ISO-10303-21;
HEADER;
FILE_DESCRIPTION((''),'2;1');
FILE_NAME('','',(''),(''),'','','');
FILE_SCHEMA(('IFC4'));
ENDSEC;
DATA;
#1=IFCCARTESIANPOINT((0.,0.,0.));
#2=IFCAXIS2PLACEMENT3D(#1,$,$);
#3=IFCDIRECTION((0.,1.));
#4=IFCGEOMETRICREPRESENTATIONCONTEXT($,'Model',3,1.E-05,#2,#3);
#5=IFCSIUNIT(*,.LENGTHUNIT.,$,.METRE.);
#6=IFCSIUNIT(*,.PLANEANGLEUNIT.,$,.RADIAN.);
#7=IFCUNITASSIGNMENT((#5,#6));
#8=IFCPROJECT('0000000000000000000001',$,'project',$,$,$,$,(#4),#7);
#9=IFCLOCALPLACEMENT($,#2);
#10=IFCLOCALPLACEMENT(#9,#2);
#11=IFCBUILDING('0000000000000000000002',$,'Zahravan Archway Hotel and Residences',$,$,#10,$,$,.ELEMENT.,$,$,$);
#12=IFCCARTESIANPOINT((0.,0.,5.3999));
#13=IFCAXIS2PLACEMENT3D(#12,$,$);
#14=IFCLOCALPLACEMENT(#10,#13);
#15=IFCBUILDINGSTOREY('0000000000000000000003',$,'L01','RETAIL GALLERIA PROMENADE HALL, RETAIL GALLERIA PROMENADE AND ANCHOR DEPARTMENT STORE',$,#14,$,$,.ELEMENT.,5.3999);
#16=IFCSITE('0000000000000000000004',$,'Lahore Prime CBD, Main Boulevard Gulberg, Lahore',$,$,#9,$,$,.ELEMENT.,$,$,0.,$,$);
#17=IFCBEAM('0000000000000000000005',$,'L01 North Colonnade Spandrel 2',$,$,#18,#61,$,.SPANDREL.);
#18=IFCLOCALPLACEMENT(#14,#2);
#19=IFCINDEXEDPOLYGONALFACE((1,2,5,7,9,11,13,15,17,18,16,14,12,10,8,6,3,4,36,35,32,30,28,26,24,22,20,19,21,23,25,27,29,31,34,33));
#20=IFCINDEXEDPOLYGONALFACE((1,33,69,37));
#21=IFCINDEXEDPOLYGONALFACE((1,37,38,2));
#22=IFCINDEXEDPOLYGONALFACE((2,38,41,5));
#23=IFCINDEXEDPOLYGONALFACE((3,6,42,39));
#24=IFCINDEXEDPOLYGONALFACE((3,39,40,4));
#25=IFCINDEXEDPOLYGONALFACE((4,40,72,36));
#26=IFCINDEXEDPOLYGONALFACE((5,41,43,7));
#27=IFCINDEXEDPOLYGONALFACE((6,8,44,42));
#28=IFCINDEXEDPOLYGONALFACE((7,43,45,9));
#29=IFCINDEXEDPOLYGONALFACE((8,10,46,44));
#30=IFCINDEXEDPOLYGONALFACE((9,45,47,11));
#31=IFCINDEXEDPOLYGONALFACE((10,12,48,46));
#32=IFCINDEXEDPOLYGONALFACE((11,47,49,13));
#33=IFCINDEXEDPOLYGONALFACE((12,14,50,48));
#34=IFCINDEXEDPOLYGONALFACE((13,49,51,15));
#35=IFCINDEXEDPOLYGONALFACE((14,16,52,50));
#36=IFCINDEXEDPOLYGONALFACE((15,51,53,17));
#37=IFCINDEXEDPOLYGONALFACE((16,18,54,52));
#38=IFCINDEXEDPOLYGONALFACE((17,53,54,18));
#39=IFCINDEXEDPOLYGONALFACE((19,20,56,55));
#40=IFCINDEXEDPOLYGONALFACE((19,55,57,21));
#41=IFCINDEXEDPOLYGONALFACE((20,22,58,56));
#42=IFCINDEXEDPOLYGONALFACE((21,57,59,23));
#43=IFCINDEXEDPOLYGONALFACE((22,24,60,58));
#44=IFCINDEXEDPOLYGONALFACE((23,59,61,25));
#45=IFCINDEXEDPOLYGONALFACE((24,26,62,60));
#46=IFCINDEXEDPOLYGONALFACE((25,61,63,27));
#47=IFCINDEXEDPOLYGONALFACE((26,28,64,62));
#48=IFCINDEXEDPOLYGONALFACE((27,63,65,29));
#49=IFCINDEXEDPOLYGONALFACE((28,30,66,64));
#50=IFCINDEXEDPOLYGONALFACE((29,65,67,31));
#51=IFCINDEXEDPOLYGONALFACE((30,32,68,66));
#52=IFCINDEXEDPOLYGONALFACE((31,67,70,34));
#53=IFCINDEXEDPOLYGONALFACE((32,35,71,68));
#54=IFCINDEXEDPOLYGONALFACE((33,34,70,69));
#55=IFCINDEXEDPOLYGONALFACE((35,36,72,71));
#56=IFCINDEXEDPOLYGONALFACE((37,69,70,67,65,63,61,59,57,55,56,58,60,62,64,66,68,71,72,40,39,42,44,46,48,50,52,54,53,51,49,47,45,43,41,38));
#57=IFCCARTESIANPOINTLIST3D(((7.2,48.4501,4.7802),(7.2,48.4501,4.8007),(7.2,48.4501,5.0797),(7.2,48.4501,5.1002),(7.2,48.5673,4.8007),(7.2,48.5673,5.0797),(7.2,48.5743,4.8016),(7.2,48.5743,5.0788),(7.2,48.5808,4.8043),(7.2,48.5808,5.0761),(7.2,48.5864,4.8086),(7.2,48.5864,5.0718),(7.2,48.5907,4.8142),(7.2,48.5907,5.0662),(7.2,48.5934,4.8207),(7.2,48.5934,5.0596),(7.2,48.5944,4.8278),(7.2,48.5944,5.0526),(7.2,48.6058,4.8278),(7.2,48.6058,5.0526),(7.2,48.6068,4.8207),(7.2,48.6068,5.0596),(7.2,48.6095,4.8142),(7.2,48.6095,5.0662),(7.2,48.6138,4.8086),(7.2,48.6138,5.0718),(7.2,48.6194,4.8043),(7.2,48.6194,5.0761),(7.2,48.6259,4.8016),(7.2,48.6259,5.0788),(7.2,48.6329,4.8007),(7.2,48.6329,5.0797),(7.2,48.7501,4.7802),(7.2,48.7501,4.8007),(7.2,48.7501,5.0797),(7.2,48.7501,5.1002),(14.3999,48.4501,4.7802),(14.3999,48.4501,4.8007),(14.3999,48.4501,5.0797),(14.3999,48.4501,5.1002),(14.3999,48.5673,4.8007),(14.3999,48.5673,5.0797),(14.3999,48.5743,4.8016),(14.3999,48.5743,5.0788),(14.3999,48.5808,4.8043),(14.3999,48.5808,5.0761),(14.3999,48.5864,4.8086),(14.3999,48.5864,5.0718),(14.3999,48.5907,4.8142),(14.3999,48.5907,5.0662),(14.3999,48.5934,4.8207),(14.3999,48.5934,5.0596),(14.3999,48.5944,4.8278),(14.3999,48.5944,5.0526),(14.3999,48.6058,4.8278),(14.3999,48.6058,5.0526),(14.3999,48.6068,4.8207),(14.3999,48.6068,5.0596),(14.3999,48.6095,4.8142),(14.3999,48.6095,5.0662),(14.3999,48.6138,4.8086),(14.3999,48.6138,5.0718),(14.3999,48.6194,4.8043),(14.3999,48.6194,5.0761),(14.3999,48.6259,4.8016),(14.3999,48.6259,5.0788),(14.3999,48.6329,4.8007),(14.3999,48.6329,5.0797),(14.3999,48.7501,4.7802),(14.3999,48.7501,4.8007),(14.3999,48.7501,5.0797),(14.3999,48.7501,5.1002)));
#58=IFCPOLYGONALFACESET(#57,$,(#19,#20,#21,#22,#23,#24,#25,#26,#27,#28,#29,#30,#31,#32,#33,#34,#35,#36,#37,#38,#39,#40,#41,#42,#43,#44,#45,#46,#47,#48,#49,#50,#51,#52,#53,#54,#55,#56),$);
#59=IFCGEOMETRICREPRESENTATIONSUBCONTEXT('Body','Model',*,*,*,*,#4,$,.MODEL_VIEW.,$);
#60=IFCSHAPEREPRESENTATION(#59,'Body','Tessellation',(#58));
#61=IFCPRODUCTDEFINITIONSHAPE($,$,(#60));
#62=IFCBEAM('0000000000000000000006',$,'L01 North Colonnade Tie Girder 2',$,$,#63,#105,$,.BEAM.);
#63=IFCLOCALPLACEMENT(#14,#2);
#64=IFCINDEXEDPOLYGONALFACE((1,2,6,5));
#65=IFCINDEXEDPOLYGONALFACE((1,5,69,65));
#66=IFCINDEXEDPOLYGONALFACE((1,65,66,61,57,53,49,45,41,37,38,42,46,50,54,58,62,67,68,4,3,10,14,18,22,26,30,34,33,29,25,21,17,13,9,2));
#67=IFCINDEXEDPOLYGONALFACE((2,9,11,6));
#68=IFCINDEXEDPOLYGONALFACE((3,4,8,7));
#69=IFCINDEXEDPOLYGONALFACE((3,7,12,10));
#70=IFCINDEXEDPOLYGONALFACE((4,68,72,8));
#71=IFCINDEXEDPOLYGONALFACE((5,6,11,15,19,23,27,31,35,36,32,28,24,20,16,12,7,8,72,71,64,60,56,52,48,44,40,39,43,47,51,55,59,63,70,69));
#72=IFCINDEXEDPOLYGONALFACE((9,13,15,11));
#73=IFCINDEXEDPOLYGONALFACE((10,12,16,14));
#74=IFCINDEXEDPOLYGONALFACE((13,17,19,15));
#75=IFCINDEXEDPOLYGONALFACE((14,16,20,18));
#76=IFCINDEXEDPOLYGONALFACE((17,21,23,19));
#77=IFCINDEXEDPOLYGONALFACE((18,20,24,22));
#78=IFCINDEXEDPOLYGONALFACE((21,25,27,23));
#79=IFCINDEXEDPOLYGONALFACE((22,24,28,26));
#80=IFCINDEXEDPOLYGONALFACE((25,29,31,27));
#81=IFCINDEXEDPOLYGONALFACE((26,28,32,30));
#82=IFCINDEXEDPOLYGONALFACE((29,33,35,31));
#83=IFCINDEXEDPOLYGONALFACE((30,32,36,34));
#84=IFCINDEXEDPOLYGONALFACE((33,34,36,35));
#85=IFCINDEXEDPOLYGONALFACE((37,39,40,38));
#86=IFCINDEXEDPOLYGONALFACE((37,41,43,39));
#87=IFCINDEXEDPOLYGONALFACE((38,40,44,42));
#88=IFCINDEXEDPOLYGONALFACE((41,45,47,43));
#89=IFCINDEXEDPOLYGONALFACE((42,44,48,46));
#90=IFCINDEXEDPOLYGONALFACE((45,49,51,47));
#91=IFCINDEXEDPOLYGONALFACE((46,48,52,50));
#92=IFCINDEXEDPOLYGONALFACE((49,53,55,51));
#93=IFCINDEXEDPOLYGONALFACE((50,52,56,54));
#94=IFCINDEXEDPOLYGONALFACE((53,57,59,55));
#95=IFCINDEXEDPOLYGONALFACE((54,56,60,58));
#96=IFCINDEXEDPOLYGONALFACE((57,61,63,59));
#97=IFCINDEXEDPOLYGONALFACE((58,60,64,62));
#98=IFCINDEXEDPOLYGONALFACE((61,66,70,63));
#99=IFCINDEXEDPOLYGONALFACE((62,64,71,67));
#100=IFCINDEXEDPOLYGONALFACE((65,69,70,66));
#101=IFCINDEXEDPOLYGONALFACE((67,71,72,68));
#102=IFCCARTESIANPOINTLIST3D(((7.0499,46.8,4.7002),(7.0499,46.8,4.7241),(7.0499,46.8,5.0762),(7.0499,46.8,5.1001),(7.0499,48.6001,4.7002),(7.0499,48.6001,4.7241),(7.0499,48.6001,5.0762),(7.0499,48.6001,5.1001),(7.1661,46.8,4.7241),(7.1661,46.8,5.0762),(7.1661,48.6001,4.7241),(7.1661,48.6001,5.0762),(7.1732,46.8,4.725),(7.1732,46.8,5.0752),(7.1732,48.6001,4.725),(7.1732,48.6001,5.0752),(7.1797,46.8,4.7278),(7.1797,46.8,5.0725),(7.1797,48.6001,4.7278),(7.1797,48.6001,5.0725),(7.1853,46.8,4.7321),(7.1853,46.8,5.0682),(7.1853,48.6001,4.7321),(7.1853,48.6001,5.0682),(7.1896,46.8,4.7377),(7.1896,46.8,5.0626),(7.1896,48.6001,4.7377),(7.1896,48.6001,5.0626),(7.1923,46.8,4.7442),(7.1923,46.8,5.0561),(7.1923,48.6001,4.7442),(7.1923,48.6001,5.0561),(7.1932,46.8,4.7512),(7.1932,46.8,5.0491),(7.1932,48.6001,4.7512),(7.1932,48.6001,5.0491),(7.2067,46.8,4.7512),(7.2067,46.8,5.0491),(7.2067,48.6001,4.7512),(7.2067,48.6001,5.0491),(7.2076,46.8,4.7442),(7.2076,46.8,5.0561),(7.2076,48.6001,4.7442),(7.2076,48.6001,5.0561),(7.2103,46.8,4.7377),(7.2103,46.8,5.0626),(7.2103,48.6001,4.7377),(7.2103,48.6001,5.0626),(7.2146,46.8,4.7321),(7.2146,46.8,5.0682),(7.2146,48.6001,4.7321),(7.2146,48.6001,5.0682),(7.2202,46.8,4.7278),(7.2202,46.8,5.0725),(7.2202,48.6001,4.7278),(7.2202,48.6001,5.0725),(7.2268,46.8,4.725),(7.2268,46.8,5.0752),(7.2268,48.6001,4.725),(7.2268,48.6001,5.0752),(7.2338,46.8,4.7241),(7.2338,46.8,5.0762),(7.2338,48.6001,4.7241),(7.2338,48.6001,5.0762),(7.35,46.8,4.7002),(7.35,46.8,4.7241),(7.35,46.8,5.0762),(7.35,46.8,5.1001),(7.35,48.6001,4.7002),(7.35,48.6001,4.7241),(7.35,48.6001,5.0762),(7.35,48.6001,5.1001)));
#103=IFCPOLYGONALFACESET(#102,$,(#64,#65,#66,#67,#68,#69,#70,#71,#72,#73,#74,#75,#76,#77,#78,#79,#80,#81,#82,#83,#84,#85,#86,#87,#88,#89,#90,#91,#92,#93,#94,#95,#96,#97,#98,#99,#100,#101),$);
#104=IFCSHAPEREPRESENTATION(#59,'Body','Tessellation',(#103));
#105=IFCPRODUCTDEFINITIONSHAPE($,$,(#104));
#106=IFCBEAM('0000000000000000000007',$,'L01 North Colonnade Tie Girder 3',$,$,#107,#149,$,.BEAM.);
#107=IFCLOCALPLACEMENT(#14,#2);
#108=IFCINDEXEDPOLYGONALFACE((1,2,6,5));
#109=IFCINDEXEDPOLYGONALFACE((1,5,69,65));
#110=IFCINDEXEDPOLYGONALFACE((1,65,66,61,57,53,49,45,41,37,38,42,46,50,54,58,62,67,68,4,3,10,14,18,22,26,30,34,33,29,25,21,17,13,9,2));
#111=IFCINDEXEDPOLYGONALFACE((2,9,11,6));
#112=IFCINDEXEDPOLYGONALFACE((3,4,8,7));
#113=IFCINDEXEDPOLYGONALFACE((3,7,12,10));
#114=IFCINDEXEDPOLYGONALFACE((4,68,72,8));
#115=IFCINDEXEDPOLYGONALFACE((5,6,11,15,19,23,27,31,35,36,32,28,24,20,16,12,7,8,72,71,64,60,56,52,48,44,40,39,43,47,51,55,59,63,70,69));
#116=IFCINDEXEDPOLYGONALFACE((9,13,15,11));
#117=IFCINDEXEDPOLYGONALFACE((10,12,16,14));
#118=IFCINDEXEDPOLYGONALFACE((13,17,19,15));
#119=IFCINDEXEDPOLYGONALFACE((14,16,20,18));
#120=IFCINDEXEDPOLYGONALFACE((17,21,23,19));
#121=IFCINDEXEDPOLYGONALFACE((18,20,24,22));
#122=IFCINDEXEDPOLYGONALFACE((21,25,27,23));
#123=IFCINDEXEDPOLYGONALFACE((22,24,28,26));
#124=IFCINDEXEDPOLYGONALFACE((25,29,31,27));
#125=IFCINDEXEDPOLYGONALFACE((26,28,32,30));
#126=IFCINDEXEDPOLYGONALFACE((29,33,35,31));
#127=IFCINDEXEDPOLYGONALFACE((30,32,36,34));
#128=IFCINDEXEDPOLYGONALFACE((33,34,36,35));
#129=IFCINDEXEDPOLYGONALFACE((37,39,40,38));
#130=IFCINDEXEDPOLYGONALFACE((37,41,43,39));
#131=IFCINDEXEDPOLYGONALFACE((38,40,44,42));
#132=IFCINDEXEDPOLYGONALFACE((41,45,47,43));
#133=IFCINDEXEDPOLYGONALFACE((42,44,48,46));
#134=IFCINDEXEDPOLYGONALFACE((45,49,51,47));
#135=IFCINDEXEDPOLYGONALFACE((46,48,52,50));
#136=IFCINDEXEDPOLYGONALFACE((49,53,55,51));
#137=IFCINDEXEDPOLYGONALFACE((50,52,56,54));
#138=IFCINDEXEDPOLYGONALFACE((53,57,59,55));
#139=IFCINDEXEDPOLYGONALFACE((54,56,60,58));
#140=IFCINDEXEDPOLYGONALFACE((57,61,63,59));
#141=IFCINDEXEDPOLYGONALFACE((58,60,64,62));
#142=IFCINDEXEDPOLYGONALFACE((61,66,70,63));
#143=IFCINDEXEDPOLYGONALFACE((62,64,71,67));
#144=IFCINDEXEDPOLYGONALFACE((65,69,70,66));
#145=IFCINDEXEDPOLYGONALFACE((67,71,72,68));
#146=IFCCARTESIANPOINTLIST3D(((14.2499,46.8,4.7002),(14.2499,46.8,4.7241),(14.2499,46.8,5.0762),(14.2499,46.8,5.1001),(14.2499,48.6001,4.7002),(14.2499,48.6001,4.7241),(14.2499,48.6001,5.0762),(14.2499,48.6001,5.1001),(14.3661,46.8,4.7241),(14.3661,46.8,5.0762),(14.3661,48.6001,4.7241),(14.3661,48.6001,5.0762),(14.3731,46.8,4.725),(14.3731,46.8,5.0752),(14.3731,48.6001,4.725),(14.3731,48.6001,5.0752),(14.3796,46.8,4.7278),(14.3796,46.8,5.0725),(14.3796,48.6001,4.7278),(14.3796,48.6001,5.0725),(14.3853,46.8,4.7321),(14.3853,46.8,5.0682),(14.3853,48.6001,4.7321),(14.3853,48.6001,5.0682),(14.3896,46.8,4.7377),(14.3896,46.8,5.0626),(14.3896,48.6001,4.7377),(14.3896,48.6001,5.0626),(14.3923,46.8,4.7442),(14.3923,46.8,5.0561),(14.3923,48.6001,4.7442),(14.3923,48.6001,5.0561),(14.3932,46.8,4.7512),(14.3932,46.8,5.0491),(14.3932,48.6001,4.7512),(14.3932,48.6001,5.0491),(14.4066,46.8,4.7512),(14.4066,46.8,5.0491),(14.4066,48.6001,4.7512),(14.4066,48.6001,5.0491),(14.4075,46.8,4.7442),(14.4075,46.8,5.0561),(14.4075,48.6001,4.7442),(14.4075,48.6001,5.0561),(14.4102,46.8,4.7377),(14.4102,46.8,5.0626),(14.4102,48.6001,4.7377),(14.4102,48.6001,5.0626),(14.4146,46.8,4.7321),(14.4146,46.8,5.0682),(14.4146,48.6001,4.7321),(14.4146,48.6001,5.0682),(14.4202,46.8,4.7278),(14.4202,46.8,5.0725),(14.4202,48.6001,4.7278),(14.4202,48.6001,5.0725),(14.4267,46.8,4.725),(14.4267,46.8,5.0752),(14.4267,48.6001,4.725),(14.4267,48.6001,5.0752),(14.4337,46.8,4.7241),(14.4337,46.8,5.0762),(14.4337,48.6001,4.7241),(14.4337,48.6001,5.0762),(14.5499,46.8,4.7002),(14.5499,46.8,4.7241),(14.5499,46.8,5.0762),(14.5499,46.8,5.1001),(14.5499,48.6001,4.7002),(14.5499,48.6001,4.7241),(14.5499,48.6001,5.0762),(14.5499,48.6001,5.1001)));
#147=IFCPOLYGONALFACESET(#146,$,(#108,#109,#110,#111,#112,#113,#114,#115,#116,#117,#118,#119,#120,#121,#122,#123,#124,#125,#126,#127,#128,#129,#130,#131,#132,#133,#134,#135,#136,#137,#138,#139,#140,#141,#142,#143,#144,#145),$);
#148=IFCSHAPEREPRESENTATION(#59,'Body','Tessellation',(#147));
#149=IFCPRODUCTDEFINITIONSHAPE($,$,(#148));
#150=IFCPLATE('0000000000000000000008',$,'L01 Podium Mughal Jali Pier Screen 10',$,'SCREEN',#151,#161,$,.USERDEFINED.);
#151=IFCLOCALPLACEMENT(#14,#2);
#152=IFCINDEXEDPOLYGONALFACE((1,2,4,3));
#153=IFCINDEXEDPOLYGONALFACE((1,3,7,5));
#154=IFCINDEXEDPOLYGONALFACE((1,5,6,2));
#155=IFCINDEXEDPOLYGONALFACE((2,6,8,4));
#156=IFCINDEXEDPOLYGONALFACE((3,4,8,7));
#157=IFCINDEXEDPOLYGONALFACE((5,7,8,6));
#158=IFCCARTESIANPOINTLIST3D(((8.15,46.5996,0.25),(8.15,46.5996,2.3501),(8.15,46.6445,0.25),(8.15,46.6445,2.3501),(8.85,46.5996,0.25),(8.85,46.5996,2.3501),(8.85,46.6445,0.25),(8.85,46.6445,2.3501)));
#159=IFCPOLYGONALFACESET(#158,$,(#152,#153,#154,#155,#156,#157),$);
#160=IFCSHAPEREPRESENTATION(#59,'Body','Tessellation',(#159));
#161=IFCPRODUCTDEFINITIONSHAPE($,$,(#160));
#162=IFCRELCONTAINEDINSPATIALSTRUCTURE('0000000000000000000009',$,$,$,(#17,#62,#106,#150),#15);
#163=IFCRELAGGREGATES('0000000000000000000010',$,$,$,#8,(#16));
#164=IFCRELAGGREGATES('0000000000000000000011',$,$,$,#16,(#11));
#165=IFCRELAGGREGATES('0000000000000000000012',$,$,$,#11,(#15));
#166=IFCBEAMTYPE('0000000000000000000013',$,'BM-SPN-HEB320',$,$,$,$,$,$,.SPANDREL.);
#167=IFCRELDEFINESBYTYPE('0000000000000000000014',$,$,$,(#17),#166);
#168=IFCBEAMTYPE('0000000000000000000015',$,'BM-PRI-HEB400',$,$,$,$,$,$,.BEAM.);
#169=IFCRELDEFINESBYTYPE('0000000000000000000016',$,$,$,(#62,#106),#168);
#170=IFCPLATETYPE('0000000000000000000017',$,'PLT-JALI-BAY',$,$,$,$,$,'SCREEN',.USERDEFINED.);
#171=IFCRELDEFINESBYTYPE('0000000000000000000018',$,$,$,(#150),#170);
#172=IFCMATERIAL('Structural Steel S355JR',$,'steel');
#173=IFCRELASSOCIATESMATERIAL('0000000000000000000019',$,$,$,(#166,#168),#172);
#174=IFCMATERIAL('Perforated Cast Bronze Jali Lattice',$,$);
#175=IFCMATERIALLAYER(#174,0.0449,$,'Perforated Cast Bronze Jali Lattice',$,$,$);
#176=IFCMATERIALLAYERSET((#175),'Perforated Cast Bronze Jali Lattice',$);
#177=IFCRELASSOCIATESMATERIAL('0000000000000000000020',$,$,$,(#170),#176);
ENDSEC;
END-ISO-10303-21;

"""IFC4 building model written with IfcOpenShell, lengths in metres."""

from ifc_helpers import new_model, si_unit, direction, frame, origin, origin_2d, place, context, subcontext, project, spatial, rectangle, i_section, extrude, source, transform, mapped, material, layer, layer_set, material_profile, profile_set, type_object, type_shapes, element, save


model = new_model("IFC4")

# Units and contexts
model_context = context("Model", 3, precision=1e-05, world=origin(), true_north=direction((0.0, 1.0)))
body_context = subcontext(model_context, "Body", "Model", "MODEL_VIEW")
ifc_project = project(units=[si_unit("LENGTHUNIT", "METRE"), si_unit("PLANEANGLEUNIT", "RADIAN")], contexts=[model_context])

# Site, building, storey
site_placement = place(None, origin())
site = spatial("IfcSite", under=ifc_project, at=site_placement, Name="Lahore Prime CBD, Main Boulevard Gulberg, Lahore", CompositionType="ELEMENT", RefElevation=0.0)
building_placement = place(site_placement, origin())
building = spatial("IfcBuilding", under=site, at=building_placement, Name="Zahravan Archway Hotel and Residences", CompositionType="ELEMENT")
storey_placement = place(building_placement, frame((0.0, 0.0, 5.3999)))
storey = spatial("IfcBuildingStorey", under=building, at=storey_placement, Name="L01", Description="RETAIL GALLERIA PROMENADE HALL, RETAIL GALLERIA PROMENADE AND ANCHOR DEPARTMENT STORE", CompositionType="ELEMENT", Elevation=5.3999)

# Beams
ifc_material_1 = material(Name="Structural Steel S355JR", Category="steel")
ifc_material_profile_1 = material_profile(ifc_material_1, i_section(OverallWidth=0.3, OverallDepth=0.3201, WebThickness=0.0115, FlangeThickness=0.0205, FilletRadius=0.0271, at=origin_2d()), Name="HEB 320", Category="steel")
ifc_profile_set_1 = profile_set([ifc_material_profile_1], Name="Structural Steel S355JR")
beam_type_1 = type_object("IfcBeamType", Name="BM-SPN-HEB320", PredefinedType="SPANDREL", material=ifc_profile_set_1)
shared_shape_1 = source(origin(), body_context, "Body", "SweptSolid", [
    extrude(i_section(OverallWidth=0.3, OverallDepth=0.3201, WebThickness=0.0115, FlangeThickness=0.0205, FilletRadius=0.0271, at=origin_2d()), origin(), (0.0, 0.0, 1.0), 7.2),
])
type_shapes(beam_type_1, [shared_shape_1])
beam_1_placement = place(storey_placement, frame((7.2, 48.6001, 4.9402), z_axis=(1.0, 0.0, 0.0), x_axis=(0.0, 1.0, 0.0)))
element("IfcBeam", 1, at=beam_1_placement, inside=storey, type_object=beam_type_1, Name="L01 North Colonnade Spandrel 2", PredefinedType="SPANDREL", context=body_context, shape_type="MappedRepresentation", body=[
    mapped(shared_shape_1, transform((0.0, 0.0, 0.0), scale=1.0)),
])
ifc_material_profile_2 = material_profile(ifc_material_1, i_section(OverallWidth=0.3, OverallDepth=0.3999, WebThickness=0.0134, FlangeThickness=0.0239, FilletRadius=0.0271, at=origin_2d()), Name="HEB 400", Category="steel")
ifc_profile_set_2 = profile_set([ifc_material_profile_2], Name="Structural Steel S355JR")
beam_type_2 = type_object("IfcBeamType", Name="BM-PRI-HEB400", PredefinedType="BEAM", material=ifc_profile_set_2)
shared_shape_2 = source(origin(), body_context, "Body", "SweptSolid", [
    extrude(i_section(OverallWidth=0.3, OverallDepth=0.3999, WebThickness=0.0134, FlangeThickness=0.0239, FilletRadius=0.0271, at=origin_2d()), origin(), (0.0, 0.0, 1.0), 1.8),
])
for number, where, z_axis, x_axis, name in (
    (2, (7.2, 46.8, 4.9001), (0.0, 1.0, 0.0), (-1.0, 0.0, 0.0), "L01 North Colonnade Tie Girder 2"),
    (3, (14.3999, 46.8, 4.9001), (0.0, 1.0, 0.0), (-1.0, 0.0, 0.0), "L01 North Colonnade Tie Girder 3"),
):
    element("IfcBeam", number, at=place(storey_placement, frame(where, z_axis=z_axis, x_axis=x_axis)), inside=storey, type_object=beam_type_2, Name=name, PredefinedType="BEAM", context=body_context, shape_type="MappedRepresentation", body=[
        mapped(shared_shape_2, transform((0.0, 0.0, 0.0), scale=1.0)),
    ])

# Plate
ifc_material_2 = material(Name="Perforated Cast Bronze Jali Lattice")
ifc_layer_1 = layer(ifc_material_2, 0.0449, Name="Perforated Cast Bronze Jali Lattice")
ifc_layer_set_1 = layer_set([ifc_layer_1], Name="Perforated Cast Bronze Jali Lattice")
plate_type = type_object("IfcPlateType", Name="PLT-JALI-BAY", ElementType="SCREEN", PredefinedType="USERDEFINED", material=ifc_layer_set_1)
shared_shape_3 = source(origin(), body_context, "Body", "SweptSolid", [
    extrude(rectangle(XDim=0.7, YDim=0.0449, at=origin_2d()), origin(), (0.0, 0.0, 1.0), 2.1001),
])
type_shapes(plate_type, [shared_shape_3])
plate_placement = place(storey_placement, frame((8.5, 46.6221, 0.25), z_axis=(0.0, 0.0, 1.0), x_axis=(1.0, 0.0, 0.0)))
element("IfcPlate", 4, at=plate_placement, inside=storey, type_object=plate_type, Name="L01 Podium Mughal Jali Pier Screen 10", ObjectType="SCREEN", PredefinedType="USERDEFINED", context=body_context, shape_type="MappedRepresentation", body=[
    mapped(shared_shape_3, transform((0.0, 0.0, 0.0), scale=1.0)),
])

save(model, "model.ifc")
